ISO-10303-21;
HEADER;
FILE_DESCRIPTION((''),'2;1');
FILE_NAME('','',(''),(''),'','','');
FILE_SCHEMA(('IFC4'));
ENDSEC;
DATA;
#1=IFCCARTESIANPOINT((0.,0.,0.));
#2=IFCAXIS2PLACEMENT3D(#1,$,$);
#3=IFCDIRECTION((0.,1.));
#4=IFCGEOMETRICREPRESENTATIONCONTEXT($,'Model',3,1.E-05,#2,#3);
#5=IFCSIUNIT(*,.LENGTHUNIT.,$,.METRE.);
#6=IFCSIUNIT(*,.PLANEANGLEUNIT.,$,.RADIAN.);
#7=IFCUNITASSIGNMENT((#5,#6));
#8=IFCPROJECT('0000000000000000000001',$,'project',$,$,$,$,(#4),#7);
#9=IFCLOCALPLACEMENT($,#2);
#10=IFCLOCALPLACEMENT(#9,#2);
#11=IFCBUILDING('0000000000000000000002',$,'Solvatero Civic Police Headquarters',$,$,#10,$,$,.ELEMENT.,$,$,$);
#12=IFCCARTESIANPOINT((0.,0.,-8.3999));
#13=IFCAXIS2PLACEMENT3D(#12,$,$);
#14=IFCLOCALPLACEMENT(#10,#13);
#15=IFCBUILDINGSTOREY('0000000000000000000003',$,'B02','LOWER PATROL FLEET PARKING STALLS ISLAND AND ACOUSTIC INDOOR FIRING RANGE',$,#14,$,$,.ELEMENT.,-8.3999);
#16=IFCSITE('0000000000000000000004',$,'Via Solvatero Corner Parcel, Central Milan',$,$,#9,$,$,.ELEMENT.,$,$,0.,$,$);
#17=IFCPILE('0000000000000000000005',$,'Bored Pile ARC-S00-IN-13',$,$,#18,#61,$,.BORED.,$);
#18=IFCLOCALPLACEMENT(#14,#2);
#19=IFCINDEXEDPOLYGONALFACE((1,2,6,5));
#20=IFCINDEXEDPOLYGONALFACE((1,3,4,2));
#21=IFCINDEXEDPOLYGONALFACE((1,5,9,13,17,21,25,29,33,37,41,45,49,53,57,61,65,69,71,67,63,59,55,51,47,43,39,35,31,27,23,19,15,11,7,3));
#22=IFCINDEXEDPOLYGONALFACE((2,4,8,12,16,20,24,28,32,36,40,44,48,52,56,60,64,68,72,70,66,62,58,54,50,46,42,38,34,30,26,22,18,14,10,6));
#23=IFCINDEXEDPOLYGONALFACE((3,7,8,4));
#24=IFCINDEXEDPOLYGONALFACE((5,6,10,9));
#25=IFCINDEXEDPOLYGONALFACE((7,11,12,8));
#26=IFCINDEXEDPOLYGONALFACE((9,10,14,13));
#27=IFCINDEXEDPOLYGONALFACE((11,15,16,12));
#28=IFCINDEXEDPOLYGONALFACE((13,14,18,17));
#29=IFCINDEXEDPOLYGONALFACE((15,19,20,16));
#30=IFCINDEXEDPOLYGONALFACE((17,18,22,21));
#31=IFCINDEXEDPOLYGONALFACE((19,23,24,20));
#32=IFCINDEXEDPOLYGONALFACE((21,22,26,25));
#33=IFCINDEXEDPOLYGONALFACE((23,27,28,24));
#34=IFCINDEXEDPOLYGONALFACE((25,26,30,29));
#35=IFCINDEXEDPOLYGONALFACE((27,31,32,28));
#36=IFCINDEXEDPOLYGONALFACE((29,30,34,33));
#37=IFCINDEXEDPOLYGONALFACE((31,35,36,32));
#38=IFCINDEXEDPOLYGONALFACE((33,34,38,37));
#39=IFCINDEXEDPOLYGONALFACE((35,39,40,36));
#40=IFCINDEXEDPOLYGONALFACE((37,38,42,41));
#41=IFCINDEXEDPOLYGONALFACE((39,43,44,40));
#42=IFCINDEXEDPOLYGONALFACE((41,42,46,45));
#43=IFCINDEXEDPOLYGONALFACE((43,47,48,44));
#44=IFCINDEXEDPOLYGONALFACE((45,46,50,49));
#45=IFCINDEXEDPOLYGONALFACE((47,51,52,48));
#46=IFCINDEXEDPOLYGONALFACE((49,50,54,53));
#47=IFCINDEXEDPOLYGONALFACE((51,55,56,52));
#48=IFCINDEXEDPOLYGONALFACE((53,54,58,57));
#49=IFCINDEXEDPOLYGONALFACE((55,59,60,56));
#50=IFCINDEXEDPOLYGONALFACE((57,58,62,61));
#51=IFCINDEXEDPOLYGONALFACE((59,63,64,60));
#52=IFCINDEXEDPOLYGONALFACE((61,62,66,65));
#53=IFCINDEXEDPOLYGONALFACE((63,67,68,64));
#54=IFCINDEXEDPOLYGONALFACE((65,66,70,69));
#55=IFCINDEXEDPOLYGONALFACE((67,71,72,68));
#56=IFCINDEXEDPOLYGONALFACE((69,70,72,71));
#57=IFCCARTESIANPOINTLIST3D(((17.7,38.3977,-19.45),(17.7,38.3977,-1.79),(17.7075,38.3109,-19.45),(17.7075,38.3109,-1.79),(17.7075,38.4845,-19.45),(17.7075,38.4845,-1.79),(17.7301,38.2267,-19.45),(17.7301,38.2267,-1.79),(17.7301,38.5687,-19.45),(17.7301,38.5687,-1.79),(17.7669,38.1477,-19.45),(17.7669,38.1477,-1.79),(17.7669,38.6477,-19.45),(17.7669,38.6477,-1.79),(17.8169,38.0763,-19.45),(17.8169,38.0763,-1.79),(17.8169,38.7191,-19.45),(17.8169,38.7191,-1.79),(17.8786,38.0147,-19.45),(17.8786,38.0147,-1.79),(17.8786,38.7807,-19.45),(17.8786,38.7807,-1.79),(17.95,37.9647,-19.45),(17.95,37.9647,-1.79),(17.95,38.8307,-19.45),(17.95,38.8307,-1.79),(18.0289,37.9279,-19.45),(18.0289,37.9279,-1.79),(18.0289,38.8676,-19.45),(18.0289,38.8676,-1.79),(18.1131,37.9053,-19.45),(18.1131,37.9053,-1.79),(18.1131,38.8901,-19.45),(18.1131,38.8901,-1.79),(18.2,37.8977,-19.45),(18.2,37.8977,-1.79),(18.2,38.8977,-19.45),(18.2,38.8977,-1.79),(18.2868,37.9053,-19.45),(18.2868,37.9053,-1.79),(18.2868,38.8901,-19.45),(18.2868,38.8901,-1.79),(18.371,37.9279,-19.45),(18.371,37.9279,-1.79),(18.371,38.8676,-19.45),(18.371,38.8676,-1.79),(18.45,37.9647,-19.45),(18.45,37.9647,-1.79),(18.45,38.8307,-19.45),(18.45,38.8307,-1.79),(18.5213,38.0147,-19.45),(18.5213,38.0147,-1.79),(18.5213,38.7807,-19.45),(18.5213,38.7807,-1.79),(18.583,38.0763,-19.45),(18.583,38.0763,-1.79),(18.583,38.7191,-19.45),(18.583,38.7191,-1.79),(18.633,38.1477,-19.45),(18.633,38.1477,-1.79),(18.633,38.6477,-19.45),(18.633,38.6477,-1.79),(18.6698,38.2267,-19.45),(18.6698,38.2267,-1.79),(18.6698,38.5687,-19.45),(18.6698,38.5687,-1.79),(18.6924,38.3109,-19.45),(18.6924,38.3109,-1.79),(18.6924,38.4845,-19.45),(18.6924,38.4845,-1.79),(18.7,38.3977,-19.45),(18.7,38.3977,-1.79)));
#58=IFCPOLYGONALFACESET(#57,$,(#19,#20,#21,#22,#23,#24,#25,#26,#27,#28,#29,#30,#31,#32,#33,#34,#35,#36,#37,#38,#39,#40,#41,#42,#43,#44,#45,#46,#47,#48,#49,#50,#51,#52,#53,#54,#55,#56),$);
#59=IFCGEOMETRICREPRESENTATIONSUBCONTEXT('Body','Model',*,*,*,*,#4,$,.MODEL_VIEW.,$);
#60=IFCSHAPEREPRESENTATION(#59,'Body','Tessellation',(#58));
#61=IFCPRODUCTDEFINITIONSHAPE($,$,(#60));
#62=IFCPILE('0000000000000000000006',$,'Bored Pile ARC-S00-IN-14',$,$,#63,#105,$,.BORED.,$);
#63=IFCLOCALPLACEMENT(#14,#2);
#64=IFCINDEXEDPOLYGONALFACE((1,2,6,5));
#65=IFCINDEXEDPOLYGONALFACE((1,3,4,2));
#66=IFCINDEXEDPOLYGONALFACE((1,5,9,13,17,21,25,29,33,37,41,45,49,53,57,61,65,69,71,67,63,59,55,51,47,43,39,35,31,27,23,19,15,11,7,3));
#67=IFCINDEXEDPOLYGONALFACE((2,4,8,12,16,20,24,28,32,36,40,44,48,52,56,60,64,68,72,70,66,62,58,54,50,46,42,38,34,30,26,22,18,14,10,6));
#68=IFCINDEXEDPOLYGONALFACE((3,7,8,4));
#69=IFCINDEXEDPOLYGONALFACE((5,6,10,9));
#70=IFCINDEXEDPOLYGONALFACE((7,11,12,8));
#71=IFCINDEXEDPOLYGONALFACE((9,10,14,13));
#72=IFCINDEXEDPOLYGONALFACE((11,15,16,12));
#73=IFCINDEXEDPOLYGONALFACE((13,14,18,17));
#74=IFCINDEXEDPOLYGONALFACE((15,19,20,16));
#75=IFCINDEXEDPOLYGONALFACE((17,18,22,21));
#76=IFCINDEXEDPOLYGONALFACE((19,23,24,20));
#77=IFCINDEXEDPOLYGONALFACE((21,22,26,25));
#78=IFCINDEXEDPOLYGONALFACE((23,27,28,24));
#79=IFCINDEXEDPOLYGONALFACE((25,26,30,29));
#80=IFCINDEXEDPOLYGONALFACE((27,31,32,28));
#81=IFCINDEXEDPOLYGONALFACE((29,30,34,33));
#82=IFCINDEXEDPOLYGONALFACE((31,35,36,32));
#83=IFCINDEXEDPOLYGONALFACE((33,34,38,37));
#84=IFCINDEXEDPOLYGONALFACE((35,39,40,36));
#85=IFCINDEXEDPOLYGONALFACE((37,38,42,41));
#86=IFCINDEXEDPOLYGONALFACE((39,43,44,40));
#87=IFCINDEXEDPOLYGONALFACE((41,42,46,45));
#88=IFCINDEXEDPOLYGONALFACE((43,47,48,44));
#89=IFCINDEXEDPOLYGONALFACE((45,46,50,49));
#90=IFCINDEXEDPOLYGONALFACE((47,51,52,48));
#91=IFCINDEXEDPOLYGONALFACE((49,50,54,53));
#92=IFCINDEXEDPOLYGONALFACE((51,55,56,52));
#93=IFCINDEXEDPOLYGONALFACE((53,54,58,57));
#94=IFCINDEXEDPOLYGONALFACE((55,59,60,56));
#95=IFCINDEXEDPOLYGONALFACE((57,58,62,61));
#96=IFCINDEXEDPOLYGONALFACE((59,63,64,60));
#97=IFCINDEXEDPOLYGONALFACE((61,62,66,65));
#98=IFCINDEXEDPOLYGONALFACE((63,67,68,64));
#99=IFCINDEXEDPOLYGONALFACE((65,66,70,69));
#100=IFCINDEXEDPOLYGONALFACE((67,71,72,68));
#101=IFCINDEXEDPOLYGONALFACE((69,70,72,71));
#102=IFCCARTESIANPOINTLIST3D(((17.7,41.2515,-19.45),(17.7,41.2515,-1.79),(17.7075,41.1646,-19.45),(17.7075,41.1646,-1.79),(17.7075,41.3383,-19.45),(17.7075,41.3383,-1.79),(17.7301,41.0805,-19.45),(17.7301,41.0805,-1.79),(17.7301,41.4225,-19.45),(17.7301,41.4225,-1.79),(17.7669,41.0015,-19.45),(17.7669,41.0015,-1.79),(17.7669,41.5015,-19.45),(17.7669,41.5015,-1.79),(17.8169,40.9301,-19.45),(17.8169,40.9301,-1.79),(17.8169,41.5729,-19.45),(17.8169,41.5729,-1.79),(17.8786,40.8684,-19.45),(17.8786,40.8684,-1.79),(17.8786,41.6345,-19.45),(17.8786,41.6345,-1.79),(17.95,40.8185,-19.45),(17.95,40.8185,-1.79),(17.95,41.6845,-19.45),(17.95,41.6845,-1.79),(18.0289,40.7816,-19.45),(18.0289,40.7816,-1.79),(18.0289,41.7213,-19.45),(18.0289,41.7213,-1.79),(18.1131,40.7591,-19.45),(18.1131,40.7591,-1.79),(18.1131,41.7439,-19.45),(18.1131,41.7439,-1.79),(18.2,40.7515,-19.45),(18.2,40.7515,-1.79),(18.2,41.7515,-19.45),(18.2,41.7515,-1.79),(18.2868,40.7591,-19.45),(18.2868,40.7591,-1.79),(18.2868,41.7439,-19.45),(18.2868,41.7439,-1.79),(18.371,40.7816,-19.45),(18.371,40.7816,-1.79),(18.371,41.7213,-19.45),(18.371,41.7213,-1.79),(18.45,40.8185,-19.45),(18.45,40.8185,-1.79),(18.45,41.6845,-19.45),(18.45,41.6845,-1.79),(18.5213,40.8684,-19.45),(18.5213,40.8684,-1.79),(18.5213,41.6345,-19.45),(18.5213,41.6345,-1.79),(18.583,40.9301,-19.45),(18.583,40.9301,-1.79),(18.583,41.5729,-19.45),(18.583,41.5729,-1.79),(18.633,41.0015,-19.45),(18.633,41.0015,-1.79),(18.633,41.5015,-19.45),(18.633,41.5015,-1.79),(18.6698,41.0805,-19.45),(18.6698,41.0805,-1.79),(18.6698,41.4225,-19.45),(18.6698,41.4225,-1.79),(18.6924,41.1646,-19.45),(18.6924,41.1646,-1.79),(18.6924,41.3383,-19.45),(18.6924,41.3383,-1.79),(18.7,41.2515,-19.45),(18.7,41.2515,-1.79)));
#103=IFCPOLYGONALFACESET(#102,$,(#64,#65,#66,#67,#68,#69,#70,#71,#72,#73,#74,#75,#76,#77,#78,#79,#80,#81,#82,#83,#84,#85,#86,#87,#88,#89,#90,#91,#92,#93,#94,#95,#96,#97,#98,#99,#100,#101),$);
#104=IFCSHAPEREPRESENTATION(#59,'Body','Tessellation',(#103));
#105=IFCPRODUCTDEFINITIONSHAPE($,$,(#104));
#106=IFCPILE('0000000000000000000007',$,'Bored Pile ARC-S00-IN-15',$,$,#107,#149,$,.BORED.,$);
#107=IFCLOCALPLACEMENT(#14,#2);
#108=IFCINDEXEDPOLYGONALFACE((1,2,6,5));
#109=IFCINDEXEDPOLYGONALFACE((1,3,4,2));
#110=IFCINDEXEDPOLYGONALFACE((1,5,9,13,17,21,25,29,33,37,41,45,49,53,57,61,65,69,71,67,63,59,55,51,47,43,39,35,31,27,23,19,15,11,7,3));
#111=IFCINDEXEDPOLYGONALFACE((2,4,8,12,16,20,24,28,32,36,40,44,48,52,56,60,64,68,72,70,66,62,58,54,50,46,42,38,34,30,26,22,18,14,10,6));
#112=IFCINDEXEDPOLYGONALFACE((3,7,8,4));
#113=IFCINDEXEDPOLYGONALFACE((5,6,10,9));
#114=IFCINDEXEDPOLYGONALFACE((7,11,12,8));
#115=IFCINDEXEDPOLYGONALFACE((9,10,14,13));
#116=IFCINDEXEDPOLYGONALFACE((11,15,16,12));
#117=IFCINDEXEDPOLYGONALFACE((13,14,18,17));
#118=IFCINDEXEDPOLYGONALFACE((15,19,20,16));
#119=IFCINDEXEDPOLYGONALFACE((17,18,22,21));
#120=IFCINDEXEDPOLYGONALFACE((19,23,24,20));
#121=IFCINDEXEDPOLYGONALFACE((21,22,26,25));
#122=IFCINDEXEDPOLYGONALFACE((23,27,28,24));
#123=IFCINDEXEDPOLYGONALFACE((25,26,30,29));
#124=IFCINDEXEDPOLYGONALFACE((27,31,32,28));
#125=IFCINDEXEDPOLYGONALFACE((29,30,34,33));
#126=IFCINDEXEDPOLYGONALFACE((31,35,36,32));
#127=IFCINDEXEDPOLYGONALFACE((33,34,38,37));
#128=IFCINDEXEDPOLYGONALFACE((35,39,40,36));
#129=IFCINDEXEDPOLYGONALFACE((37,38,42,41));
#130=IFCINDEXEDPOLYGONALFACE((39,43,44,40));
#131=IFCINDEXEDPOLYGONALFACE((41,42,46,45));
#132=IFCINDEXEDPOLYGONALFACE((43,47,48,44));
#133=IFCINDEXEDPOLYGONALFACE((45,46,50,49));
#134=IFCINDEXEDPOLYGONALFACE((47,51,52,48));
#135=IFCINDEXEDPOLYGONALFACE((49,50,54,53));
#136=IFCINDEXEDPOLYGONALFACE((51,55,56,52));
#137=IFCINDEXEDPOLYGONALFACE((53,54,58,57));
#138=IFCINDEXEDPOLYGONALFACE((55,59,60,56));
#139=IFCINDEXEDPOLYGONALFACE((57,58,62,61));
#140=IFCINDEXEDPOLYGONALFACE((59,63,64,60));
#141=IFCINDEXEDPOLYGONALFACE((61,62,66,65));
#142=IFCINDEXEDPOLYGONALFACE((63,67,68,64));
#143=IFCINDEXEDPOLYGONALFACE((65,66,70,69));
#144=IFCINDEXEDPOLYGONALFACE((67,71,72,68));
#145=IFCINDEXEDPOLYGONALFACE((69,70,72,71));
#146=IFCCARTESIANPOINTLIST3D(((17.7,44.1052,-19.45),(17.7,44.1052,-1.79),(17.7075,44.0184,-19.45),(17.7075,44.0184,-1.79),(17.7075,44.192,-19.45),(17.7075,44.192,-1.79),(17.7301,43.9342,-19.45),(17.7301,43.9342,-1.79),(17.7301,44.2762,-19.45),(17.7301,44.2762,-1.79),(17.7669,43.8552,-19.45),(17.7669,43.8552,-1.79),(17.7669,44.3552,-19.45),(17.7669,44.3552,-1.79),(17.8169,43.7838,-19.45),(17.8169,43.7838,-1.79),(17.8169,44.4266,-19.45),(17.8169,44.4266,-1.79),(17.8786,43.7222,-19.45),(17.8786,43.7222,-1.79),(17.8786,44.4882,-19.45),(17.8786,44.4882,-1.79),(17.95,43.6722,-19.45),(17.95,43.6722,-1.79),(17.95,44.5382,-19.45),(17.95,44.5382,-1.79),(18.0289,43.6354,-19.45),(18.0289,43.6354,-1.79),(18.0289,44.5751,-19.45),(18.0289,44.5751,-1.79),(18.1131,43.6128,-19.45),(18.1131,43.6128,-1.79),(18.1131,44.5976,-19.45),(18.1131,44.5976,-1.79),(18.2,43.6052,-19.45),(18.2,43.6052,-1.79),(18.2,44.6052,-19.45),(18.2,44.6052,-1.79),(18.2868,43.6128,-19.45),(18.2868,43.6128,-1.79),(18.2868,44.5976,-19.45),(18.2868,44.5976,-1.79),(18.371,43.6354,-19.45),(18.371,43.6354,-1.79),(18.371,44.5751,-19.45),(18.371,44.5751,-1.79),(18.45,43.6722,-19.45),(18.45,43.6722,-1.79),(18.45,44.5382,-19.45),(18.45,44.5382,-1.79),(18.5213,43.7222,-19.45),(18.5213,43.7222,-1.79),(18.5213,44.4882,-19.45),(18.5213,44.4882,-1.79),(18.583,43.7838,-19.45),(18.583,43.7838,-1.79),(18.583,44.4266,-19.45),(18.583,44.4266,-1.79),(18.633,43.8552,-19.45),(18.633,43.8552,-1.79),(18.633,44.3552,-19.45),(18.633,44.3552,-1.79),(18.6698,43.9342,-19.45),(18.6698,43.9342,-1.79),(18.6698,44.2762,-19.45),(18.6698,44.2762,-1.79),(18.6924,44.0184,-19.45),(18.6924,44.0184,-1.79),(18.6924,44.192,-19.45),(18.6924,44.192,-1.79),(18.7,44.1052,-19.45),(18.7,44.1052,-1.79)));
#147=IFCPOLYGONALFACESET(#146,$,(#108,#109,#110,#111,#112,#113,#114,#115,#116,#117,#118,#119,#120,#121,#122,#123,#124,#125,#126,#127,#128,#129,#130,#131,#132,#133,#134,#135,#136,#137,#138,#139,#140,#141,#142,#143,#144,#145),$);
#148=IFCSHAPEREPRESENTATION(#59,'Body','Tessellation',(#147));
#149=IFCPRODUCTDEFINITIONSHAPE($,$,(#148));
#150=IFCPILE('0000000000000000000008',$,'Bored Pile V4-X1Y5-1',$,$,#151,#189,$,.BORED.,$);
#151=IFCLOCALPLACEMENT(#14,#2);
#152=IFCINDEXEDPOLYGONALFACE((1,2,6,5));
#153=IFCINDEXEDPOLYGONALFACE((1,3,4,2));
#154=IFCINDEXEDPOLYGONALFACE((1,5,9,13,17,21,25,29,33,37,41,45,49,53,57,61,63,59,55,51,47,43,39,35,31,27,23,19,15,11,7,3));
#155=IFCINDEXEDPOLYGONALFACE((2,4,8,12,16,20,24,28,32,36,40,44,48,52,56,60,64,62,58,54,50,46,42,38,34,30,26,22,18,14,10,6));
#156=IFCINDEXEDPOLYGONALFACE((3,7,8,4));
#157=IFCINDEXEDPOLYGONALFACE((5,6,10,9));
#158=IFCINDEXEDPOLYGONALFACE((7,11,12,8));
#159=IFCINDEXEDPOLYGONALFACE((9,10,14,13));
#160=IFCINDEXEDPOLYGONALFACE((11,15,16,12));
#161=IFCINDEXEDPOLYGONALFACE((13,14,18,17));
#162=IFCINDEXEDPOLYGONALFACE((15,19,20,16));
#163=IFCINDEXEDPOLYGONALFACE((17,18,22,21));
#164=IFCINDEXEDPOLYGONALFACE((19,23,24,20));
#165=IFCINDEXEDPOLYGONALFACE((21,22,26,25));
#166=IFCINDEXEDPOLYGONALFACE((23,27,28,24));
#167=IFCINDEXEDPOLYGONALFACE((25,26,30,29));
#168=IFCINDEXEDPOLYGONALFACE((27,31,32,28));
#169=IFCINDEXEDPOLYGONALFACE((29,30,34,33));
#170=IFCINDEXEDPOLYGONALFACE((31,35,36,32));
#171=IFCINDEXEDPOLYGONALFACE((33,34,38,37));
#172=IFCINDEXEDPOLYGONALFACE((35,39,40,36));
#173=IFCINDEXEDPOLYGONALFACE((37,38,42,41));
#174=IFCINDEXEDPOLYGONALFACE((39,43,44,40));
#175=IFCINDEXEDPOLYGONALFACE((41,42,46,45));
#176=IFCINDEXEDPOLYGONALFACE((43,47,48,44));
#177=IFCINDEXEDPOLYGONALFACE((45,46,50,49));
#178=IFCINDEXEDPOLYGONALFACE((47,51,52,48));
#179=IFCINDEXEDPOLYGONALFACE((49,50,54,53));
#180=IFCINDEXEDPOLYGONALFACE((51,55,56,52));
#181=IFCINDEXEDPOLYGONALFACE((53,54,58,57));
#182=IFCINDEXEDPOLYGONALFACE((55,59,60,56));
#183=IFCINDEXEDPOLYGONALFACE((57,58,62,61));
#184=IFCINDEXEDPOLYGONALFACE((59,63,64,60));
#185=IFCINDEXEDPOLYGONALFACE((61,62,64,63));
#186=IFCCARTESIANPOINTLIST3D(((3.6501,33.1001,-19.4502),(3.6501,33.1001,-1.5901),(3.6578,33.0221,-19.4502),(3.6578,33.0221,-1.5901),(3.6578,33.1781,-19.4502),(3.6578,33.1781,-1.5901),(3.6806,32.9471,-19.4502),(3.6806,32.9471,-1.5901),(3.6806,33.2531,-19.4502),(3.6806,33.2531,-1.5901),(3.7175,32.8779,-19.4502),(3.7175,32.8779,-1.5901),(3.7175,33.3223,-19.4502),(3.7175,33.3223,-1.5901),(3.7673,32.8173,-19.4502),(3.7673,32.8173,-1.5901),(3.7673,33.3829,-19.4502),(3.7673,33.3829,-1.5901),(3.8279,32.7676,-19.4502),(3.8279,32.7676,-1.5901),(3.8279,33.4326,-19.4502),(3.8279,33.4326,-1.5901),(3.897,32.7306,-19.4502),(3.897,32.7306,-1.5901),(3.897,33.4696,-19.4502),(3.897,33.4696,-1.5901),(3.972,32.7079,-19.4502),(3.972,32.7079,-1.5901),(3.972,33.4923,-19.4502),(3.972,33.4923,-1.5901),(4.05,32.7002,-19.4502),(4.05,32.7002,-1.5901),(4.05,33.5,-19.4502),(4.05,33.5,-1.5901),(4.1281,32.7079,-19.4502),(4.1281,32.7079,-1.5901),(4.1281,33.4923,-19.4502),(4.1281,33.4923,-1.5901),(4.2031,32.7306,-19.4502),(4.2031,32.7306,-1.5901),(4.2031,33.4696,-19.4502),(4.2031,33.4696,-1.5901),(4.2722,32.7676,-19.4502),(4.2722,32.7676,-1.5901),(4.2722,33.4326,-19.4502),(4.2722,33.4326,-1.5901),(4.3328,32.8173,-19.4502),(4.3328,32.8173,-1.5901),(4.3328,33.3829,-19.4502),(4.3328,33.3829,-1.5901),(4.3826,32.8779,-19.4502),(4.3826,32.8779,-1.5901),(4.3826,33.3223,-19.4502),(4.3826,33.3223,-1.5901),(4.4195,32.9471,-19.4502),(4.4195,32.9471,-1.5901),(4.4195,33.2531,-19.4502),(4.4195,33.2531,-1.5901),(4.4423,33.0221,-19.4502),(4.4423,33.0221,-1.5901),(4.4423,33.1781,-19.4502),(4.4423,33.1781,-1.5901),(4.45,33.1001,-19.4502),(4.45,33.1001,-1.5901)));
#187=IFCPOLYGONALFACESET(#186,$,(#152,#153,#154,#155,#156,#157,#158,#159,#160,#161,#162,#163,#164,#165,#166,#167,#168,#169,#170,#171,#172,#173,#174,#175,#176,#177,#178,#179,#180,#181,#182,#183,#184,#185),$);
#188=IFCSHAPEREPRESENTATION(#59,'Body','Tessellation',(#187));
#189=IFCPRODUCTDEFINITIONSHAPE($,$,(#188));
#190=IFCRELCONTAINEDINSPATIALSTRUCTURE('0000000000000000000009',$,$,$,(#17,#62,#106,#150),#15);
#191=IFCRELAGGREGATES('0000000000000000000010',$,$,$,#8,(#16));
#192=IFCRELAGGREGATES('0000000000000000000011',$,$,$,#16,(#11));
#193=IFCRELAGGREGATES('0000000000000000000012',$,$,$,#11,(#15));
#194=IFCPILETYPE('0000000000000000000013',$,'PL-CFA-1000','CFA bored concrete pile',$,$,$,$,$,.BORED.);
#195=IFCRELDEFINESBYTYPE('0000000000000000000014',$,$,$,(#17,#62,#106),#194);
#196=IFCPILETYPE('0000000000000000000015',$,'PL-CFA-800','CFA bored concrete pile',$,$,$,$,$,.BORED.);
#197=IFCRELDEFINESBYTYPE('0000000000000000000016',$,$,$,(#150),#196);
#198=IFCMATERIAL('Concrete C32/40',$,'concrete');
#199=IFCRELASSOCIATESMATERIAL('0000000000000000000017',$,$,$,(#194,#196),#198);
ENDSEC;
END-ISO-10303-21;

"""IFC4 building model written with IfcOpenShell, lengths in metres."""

from ifc_helpers import new_model, si_unit, direction, frame, origin, origin_2d, place, context, subcontext, project, spatial, circle, extrude, material, material_profile, profile_set, type_object, element, save


model = new_model("IFC4")

# Units and contexts
model_context = context("Model", 3, precision=1e-05, world=origin(), true_north=direction((0.0, 1.0)))
body_context = subcontext(model_context, "Body", "Model", "MODEL_VIEW")
ifc_project = project(units=[si_unit("LENGTHUNIT", "METRE"), si_unit("PLANEANGLEUNIT", "RADIAN")], contexts=[model_context])

# Site, building, storey
site_placement = place(None, origin())
site = spatial("IfcSite", under=ifc_project, at=site_placement, Name="Via Solvatero Corner Parcel, Central Milan", CompositionType="ELEMENT", RefElevation=0.0)
building_placement = place(site_placement, origin())
building = spatial("IfcBuilding", under=site, at=building_placement, Name="Solvatero Civic Police Headquarters", CompositionType="ELEMENT")
storey_placement = place(building_placement, frame((0.0, 0.0, -8.3999)))
storey = spatial("IfcBuildingStorey", under=building, at=storey_placement, Name="B02", Description="LOWER PATROL FLEET PARKING STALLS ISLAND AND ACOUSTIC INDOOR FIRING RANGE", CompositionType="ELEMENT", Elevation=-8.3999)

# Piles
ifc_material_1 = material(Name="Concrete C32/40", Category="concrete")
ifc_material_profile_1 = material_profile(ifc_material_1, circle(Radius=0.5, at=origin_2d()), Name="CFA PILE D1000")
ifc_profile_set_1 = profile_set([ifc_material_profile_1], Name="Concrete C32/40")
pile_type_1 = type_object("IfcPileType", Name="PL-CFA-1000", Description="CFA bored concrete pile", PredefinedType="BORED", material=ifc_profile_set_1)
for number, where, z_axis, x_axis, name in (
    (1, (18.2, 38.3977, -1.79), (0.0, 0.0, -1.0), (1.0, 0.0, 0.0), "Bored Pile ARC-S00-IN-13"),
    (2, (18.2, 41.2515, -1.79), (0.0, 0.0, -1.0), (1.0, 0.0, 0.0), "Bored Pile ARC-S00-IN-14"),
    (3, (18.2, 44.1052, -1.79), (0.0, 0.0, -1.0), (1.0, 0.0, 0.0), "Bored Pile ARC-S00-IN-15"),
):
    element("IfcPile", number, at=place(storey_placement, frame(where, z_axis=z_axis, x_axis=x_axis)), inside=storey, type_object=pile_type_1, Name=name, PredefinedType="BORED", context=body_context, shape_type="SweptSolid", body=[
        extrude(circle(Radius=0.5, at=origin_2d()), origin(), (0.0, 0.0, 1.0), 17.6599),
    ])
ifc_material_profile_2 = material_profile(ifc_material_1, circle(Radius=0.3999, at=origin_2d()), Name="CFA PILE D800")
ifc_profile_set_2 = profile_set([ifc_material_profile_2], Name="Concrete C32/40")
pile_type_2 = type_object("IfcPileType", Name="PL-CFA-800", Description="CFA bored concrete pile", PredefinedType="BORED", material=ifc_profile_set_2)
for number, where, z_axis, x_axis, name in (
    (4, (4.05, 33.1001, -1.5901), (0.0, 0.0, -1.0), (1.0, 0.0, 0.0), "Bored Pile V4-X1Y5-1"),
):
    element("IfcPile", number, at=place(storey_placement, frame(where, z_axis=z_axis, x_axis=x_axis)), inside=storey, type_object=pile_type_2, Name=name, PredefinedType="BORED", context=body_context, shape_type="SweptSolid", body=[
        extrude(circle(Radius=0.3999, at=origin_2d()), origin(), (0.0, 0.0, 1.0), 17.8601),
    ])

save(model, "model.ifc")
